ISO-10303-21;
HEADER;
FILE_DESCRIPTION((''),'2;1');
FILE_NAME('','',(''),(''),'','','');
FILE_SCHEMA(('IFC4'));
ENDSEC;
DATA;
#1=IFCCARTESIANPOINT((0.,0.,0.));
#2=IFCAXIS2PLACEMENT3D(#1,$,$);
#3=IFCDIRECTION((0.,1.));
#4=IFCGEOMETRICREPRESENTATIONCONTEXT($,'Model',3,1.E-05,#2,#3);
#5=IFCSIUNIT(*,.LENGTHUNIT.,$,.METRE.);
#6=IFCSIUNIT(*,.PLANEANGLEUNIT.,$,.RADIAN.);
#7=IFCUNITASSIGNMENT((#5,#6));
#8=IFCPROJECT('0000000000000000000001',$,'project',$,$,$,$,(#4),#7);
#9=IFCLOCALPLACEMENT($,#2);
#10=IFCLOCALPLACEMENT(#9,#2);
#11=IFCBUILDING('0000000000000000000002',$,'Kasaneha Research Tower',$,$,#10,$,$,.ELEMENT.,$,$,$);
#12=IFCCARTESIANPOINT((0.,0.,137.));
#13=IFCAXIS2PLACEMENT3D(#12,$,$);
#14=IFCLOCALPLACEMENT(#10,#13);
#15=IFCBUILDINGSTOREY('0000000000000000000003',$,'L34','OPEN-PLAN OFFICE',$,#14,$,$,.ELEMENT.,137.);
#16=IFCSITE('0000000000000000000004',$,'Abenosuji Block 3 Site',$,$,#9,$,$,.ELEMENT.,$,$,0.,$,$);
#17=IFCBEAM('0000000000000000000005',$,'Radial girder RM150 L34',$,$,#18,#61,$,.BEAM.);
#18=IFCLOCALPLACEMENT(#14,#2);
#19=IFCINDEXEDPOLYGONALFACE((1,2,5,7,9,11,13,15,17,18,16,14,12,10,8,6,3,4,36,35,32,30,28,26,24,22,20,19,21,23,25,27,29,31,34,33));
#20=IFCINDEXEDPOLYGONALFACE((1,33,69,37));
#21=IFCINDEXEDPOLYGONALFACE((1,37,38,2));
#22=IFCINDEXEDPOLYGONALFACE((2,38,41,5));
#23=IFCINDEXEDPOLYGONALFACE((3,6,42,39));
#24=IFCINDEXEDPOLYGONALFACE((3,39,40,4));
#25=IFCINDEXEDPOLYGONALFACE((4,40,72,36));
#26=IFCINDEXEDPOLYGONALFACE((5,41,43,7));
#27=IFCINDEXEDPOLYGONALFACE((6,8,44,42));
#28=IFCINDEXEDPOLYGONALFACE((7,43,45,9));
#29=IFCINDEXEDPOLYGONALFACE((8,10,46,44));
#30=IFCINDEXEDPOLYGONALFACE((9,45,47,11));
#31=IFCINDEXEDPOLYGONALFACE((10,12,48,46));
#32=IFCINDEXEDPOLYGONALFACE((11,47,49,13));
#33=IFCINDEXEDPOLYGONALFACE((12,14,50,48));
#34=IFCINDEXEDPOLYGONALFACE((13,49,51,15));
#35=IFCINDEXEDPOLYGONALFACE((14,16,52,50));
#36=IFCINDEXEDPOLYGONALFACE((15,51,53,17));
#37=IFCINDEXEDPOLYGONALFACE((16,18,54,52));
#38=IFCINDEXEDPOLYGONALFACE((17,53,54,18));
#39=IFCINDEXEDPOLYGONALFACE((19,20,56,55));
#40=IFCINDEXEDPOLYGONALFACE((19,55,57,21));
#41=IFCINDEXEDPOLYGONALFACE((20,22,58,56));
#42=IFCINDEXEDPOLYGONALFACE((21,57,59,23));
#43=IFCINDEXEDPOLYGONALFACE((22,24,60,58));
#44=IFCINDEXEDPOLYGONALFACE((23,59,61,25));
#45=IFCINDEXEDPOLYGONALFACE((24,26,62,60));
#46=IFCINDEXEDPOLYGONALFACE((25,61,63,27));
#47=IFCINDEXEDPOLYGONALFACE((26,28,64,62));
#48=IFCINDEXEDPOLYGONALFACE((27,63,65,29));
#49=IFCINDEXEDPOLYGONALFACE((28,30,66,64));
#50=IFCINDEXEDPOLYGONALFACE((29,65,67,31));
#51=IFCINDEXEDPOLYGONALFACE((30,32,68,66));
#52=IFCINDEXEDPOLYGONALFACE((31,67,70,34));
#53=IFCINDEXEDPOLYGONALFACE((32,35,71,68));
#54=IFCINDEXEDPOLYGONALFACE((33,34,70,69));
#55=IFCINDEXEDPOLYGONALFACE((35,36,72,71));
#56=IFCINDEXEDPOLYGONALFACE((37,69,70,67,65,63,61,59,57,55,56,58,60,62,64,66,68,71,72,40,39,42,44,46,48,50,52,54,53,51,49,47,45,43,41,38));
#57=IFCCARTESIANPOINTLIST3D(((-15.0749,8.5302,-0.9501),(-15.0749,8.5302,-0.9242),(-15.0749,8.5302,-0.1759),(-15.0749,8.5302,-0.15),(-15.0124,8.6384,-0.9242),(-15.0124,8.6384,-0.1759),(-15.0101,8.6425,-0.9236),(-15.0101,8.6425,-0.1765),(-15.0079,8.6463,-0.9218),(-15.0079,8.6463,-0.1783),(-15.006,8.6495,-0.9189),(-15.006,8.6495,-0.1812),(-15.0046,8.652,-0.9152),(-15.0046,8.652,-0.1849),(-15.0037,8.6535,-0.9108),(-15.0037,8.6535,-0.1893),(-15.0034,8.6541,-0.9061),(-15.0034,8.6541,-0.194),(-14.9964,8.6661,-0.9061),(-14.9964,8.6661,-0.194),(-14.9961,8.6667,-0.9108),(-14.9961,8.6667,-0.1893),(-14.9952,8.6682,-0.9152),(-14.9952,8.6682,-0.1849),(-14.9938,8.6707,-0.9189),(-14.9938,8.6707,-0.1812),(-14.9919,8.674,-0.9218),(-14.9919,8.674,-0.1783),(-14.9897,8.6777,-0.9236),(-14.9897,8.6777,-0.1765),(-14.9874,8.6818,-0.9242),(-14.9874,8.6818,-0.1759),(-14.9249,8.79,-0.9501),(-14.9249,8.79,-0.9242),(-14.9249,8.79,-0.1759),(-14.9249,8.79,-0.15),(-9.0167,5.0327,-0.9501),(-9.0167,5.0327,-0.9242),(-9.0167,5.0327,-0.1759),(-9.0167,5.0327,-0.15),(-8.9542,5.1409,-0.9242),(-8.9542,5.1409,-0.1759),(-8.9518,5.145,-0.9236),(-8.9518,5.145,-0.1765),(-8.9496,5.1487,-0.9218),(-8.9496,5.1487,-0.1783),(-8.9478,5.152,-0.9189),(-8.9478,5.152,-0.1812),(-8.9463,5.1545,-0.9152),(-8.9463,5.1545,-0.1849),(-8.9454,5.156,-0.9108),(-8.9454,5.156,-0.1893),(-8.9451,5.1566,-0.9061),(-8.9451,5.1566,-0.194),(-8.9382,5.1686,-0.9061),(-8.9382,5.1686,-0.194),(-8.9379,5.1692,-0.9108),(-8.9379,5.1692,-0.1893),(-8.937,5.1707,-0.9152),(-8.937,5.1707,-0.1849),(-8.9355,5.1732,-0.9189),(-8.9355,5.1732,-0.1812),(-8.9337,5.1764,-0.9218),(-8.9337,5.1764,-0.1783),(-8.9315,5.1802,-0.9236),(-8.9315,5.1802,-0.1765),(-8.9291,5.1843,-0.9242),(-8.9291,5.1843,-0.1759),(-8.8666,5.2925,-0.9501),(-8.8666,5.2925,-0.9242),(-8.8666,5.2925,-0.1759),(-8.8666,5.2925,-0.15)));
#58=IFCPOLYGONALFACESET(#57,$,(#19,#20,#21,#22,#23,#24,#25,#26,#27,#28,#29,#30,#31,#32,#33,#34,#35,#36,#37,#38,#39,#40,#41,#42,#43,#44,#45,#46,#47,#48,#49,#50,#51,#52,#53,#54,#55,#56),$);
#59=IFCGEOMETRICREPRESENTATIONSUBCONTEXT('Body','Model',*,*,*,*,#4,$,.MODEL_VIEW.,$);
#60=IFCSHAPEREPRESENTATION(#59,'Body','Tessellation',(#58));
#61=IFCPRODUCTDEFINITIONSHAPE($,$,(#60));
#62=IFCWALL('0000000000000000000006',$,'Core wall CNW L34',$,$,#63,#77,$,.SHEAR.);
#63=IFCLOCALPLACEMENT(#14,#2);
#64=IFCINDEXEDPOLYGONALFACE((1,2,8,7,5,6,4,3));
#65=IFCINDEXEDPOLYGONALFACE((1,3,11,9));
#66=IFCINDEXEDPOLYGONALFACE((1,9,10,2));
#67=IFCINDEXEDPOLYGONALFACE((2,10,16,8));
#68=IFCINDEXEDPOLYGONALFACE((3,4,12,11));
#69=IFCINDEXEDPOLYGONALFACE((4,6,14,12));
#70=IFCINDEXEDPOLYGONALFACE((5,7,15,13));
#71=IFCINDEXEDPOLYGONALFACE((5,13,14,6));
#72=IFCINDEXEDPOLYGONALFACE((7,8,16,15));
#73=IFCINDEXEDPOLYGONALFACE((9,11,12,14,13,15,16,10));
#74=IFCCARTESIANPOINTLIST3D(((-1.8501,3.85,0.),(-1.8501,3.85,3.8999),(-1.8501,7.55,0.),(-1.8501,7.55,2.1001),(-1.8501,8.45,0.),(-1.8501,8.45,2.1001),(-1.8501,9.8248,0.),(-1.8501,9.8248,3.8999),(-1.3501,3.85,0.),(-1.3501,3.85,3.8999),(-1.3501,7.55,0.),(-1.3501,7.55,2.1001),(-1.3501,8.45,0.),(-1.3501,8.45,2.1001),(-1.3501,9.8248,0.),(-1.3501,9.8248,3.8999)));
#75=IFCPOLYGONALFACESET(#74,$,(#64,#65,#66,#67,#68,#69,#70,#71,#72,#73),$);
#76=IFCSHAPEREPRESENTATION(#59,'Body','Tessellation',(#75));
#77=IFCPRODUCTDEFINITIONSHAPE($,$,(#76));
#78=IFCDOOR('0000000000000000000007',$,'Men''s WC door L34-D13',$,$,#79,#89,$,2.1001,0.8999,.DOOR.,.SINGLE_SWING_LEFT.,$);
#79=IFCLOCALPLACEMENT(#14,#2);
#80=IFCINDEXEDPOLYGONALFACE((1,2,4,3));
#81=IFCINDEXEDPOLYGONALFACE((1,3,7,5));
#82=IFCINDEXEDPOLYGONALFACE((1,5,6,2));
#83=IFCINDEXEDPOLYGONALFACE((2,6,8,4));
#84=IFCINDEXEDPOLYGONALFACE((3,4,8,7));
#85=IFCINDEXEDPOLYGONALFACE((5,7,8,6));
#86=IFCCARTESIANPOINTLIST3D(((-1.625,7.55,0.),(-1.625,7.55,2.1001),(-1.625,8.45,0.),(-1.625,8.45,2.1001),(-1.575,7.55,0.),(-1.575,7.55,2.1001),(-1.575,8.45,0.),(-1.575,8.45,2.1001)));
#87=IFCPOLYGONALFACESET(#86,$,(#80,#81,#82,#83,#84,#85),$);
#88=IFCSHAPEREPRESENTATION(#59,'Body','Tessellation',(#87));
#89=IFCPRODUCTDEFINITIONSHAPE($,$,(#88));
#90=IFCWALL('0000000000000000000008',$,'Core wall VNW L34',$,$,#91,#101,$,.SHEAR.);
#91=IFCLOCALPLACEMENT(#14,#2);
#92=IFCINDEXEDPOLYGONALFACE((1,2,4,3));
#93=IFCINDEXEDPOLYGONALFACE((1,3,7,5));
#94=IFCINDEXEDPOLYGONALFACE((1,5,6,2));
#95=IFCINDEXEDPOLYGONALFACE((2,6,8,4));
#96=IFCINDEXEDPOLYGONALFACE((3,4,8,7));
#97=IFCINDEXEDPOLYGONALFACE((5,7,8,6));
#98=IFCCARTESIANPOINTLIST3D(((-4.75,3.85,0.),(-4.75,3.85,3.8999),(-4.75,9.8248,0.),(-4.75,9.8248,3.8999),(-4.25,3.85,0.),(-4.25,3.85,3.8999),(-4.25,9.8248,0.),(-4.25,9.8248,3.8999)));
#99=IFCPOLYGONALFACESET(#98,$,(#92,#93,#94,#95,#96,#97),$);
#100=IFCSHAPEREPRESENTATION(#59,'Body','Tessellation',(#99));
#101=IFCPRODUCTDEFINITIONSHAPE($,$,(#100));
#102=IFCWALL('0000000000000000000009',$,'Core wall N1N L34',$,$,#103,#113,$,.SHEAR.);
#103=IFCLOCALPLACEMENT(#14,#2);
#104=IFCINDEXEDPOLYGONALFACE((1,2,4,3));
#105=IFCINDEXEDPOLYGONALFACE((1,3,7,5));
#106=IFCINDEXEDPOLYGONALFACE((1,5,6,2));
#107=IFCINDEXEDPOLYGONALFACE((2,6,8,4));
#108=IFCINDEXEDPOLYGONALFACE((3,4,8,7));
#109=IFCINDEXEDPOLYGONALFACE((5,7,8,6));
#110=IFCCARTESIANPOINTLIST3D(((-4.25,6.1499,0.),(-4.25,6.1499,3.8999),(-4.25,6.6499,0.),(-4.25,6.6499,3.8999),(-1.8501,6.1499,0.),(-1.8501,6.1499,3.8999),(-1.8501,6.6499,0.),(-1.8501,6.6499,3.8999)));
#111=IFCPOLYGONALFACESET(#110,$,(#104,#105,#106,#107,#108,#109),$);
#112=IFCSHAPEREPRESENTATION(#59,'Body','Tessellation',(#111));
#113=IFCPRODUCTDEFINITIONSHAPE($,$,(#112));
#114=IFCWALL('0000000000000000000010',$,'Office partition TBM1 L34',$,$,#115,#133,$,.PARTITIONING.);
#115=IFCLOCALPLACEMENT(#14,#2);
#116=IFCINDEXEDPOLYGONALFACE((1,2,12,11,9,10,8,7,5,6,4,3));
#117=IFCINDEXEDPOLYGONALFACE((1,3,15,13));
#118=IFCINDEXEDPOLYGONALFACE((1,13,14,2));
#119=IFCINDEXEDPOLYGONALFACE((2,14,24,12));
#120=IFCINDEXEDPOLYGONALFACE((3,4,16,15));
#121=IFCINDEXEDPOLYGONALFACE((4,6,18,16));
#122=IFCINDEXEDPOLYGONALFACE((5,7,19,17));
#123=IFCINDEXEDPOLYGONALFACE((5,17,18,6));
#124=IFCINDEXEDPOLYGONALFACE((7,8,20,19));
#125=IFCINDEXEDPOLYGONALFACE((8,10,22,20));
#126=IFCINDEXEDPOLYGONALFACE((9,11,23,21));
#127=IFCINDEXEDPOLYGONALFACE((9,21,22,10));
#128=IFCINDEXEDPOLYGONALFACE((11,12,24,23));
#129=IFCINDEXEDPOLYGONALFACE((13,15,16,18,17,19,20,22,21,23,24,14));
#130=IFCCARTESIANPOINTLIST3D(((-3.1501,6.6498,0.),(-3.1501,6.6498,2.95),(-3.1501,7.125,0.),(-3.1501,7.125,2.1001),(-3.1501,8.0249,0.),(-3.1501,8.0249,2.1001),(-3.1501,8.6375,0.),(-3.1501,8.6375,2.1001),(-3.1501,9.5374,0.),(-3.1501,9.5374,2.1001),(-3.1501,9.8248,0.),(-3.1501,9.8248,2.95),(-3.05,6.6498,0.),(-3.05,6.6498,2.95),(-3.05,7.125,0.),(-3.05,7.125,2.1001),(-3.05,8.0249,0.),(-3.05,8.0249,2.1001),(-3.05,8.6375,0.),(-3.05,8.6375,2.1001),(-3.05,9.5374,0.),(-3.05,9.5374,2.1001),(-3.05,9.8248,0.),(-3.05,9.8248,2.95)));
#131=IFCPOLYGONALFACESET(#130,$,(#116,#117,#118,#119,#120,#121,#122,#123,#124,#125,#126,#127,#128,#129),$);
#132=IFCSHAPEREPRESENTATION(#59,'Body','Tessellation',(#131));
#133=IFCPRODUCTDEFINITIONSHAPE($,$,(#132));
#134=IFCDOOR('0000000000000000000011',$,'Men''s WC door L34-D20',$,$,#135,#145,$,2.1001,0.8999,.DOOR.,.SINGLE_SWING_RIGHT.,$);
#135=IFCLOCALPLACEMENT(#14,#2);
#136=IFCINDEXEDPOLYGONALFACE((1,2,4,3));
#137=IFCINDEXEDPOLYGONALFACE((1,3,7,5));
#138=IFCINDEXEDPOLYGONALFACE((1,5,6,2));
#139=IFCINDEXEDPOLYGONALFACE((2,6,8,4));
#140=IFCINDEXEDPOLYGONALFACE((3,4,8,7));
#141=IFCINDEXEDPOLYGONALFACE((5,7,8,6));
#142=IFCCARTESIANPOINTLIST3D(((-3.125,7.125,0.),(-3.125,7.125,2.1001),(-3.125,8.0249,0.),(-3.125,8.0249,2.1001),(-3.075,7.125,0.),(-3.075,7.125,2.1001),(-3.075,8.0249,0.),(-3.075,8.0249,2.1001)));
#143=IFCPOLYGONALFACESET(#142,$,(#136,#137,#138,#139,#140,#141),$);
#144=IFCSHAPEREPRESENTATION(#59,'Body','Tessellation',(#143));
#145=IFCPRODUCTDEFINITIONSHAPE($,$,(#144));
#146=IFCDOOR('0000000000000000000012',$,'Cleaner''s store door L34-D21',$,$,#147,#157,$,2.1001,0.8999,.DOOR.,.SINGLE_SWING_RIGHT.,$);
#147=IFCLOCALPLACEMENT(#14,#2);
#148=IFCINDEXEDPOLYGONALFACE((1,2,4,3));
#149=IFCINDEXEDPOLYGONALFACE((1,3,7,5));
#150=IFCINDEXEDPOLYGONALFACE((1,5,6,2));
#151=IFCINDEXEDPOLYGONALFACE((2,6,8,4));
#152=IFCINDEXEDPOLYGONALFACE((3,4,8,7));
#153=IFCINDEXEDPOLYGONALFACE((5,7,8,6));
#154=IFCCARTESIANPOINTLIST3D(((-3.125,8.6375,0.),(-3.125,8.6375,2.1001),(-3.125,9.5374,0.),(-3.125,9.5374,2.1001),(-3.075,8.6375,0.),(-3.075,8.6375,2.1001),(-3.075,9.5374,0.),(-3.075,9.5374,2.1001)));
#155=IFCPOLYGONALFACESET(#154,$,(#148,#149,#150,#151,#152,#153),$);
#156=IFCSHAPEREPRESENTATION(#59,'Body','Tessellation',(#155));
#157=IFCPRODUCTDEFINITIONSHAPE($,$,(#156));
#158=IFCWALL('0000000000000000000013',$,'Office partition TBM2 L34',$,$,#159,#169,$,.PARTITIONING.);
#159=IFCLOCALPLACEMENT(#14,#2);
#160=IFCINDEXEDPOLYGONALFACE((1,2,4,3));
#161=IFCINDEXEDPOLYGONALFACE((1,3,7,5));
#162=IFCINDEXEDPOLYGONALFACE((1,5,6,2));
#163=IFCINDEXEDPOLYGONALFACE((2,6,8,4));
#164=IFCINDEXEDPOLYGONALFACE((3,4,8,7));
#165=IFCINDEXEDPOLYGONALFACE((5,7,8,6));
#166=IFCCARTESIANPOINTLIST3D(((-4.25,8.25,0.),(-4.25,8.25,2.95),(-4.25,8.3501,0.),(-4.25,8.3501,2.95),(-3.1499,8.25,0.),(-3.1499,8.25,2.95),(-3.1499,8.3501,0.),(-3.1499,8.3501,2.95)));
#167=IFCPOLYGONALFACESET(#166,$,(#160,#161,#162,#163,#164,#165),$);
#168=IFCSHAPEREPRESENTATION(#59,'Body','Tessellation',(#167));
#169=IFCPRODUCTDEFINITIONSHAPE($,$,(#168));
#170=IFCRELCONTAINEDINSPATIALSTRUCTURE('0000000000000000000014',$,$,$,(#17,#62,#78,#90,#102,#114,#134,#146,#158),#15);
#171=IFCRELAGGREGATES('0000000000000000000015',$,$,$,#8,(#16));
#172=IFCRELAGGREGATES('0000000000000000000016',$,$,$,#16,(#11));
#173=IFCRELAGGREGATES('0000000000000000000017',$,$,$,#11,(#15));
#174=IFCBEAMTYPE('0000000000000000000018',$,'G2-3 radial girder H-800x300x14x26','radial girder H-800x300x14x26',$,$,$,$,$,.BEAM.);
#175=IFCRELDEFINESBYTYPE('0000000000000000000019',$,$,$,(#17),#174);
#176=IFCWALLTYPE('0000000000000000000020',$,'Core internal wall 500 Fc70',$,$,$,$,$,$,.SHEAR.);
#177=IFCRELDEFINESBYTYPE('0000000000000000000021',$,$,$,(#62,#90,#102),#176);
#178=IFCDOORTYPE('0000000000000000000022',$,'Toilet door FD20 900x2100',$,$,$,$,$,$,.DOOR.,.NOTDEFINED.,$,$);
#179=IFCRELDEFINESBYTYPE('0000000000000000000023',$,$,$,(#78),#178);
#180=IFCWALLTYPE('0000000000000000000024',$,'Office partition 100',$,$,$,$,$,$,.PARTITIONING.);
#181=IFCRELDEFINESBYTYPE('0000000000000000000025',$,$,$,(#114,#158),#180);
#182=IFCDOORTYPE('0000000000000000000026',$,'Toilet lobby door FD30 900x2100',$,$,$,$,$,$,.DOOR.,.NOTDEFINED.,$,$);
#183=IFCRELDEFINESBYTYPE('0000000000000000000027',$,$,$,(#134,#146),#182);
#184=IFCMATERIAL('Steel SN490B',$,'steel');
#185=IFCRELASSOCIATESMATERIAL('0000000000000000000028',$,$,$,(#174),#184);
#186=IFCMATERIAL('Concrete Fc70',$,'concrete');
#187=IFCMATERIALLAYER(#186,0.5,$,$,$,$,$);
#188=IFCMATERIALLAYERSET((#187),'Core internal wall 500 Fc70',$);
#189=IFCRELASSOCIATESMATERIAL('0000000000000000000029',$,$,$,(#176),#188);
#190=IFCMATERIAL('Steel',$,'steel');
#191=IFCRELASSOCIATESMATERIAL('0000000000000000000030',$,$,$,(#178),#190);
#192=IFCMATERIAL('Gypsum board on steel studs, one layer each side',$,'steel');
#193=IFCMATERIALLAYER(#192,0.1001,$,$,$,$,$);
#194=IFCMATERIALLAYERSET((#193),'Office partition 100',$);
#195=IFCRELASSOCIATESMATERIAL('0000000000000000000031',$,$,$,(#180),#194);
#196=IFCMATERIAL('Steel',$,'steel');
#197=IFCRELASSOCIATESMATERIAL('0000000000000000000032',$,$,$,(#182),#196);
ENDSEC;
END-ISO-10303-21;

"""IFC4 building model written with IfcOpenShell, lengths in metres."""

from ifc_helpers import new_model, si_unit, direction, frame, frame_2d, origin, origin_2d, place, context, subcontext, project, spatial, rectangle, i_section, extrude, material, layer, layer_set, material_profile, profile_set, type_object, element, fill, save


model = new_model("IFC4")

# Units and contexts
model_context = context("Model", 3, precision=1e-05, world=origin(), true_north=direction((0.0, 1.0)))
body_context = subcontext(model_context, "Body", "Model", "MODEL_VIEW")
ifc_project = project(units=[si_unit("LENGTHUNIT", "METRE"), si_unit("PLANEANGLEUNIT", "RADIAN")], contexts=[model_context])

# Site, building, storey
site_placement = place(None, origin())
site = spatial("IfcSite", under=ifc_project, at=site_placement, Name="Abenosuji Block 3 Site", CompositionType="ELEMENT", RefElevation=0.0)
building_placement = place(site_placement, origin())
building = spatial("IfcBuilding", under=site, at=building_placement, Name="Kasaneha Research Tower", CompositionType="ELEMENT")
storey_placement = place(building_placement, frame((0.0, 0.0, 137.0)))
storey = spatial("IfcBuildingStorey", under=building, at=storey_placement, Name="L34", Description="OPEN-PLAN OFFICE", CompositionType="ELEMENT", Elevation=137.0)

# Beam
ifc_material_1 = material(Name="Steel SN490B", Category="steel")
ifc_material_profile = material_profile(ifc_material_1, i_section(OverallWidth=0.3, OverallDepth=0.8, WebThickness=0.0139, FlangeThickness=0.0259, FilletRadius=0.0181, at=origin_2d()), Name="H-800x300x14x26")
ifc_profile_set = profile_set([ifc_material_profile], Name="Steel SN490B")
beam_type = type_object("IfcBeamType", Name="G2-3 radial girder H-800x300x14x26", Description="radial girder H-800x300x14x26", PredefinedType="BEAM", material=ifc_profile_set)
beam_placement = place(storey_placement, frame((-8.9417, 5.1626, -0.55), z_axis=(-0.86604, 0.499975, 0.0), x_axis=(-0.499975, -0.86604, 0.0)))
element("IfcBeam", 1, at=beam_placement, inside=storey, type_object=beam_type, Name="Radial girder RM150 L34", PredefinedType="BEAM", context=body_context, shape_type="SweptSolid", body=[
    extrude(i_section(OverallWidth=0.3, OverallDepth=0.8, WebThickness=0.0139, FlangeThickness=0.0259, FilletRadius=0.0181, at=origin_2d()), origin(), (0.0, 0.0, 1.0), 6.9954),
])

# Shared definitions
ifc_material_2 = material(Name="Concrete Fc70", Category="concrete")
ifc_layer_1 = layer(ifc_material_2, 0.5)
ifc_layer_set_1 = layer_set([ifc_layer_1], Name="Core internal wall 500 Fc70")
wall_type_1 = type_object("IfcWallType", Name="Core internal wall 500 Fc70", PredefinedType="SHEAR", material=ifc_layer_set_1)

# Wall, opening, door
wall_1_placement = place(storey_placement, frame((-1.6001, 3.8501, 0.0), z_axis=(0.0, 0.0, 1.0), x_axis=(0.0, 1.0, 0.0)))
wall_1 = element("IfcWall", 2, at=wall_1_placement, inside=storey, type_object=wall_type_1, Name="Core wall CNW L34", PredefinedType="SHEAR", context=body_context, shape_type="SweptSolid", body=[
    extrude(rectangle(XDim=5.9749, YDim=0.5, at=frame_2d((2.9873, 0.0))), origin(), (0.0, 0.0, 1.0), 3.8999),
])
opening_1_placement = place(wall_1_placement, frame((3.7, 0.0, 0.0)))
opening_1 = element("IfcOpeningElement", 3, at=opening_1_placement, cuts=wall_1, PredefinedType="OPENING", context=body_context, shape_type="SweptSolid", body=[
    extrude(rectangle(XDim=0.8999, YDim=2.1001, at=frame_2d((0.45, 1.05))), frame((0.0, 0.26, 0.0), z_axis=(0.0, -1.0, 0.0), x_axis=(1.0, 0.0, 0.0)), (0.0, 0.0, 1.0), 0.52),
])
ifc_material_3 = material(Name="Steel", Category="steel")
door_type_1 = type_object("IfcDoorType", Name="Toilet door FD20 900x2100", OperationType="NOTDEFINED", PredefinedType="DOOR", material=ifc_material_3)
door_1_placement = place(opening_1_placement, origin())
door_1 = element("IfcDoor", 4, at=door_1_placement, inside=storey, type_object=door_type_1, Name="Men's WC door L34-D13", OperationType="SINGLE_SWING_LEFT", OverallHeight=2.1001, OverallWidth=0.8999, PredefinedType="DOOR", context=body_context, shape_type="SweptSolid", body=[
    extrude(rectangle(XDim=0.8999, YDim=2.1001, at=frame_2d((0.45, 1.05))), frame((0.0, 0.0249, 0.0), z_axis=(0.0, -1.0, 0.0), x_axis=(1.0, 0.0, 0.0)), (0.0, 0.0, 1.0), 0.05),
])
fill(opening_1, door_1)

# Walls
wall_2_placement = place(storey_placement, frame((-4.5, 3.8501, 0.0), z_axis=(0.0, 0.0, 1.0), x_axis=(0.0, 1.0, 0.0)))
element("IfcWall", 5, at=wall_2_placement, inside=storey, type_object=wall_type_1, Name="Core wall VNW L34", PredefinedType="SHEAR", context=body_context, shape_type="SweptSolid", body=[
    extrude(rectangle(XDim=5.9749, YDim=0.5, at=frame_2d((2.9873, 0.0))), origin(), (0.0, 0.0, 1.0), 3.8999),
])
wall_3_placement = place(storey_placement, frame((-4.25, 6.3999, 0.0), z_axis=(0.0, 0.0, 1.0), x_axis=(1.0, 0.0, 0.0)))
element("IfcWall", 6, at=wall_3_placement, inside=storey, type_object=wall_type_1, Name="Core wall N1N L34", PredefinedType="SHEAR", context=body_context, shape_type="SweptSolid", body=[
    extrude(rectangle(XDim=2.3999, YDim=0.5, at=frame_2d((1.2, 0.0))), origin(), (0.0, 0.0, 1.0), 3.8999),
])

# Wall, openings, doors
ifc_material_4 = material(Name="Gypsum board on steel studs, one layer each side", Category="steel")
ifc_layer_2 = layer(ifc_material_4, 0.1001)
ifc_layer_set_2 = layer_set([ifc_layer_2], Name="Office partition 100")
wall_type_2 = type_object("IfcWallType", Name="Office partition 100", PredefinedType="PARTITIONING", material=ifc_layer_set_2)
wall_4_placement = place(storey_placement, frame((-3.1001, 6.6499, 0.0), z_axis=(0.0, 0.0, 1.0), x_axis=(0.0, 1.0, 0.0)))
wall_4 = element("IfcWall", 7, at=wall_4_placement, inside=storey, type_object=wall_type_2, Name="Office partition TBM1 L34", PredefinedType="PARTITIONING", context=body_context, shape_type="SweptSolid", body=[
    extrude(rectangle(XDim=3.175, YDim=0.1001, at=frame_2d((1.5874, 0.0))), origin(), (0.0, 0.0, 1.0), 2.95),
])
opening_2_placement = place(wall_4_placement, frame((0.4751, 0.0, 0.0)))
opening_2 = element("IfcOpeningElement", 8, at=opening_2_placement, cuts=wall_4, PredefinedType="OPENING", context=body_context, shape_type="SweptSolid", body=[
    extrude(rectangle(XDim=0.8999, YDim=2.1001, at=frame_2d((0.45, 1.05))), frame((0.0, 0.0601, 0.0), z_axis=(0.0, -1.0, 0.0), x_axis=(1.0, 0.0, 0.0)), (0.0, 0.0, 1.0), 0.1201),
])
opening_3_placement = place(wall_4_placement, frame((1.9875, 0.0, 0.0)))
opening_3 = element("IfcOpeningElement", 9, at=opening_3_placement, cuts=wall_4, PredefinedType="OPENING", context=body_context, shape_type="SweptSolid", body=[
    extrude(rectangle(XDim=0.8999, YDim=2.1001, at=frame_2d((0.45, 1.05))), frame((0.0, 0.0601, 0.0), z_axis=(0.0, -1.0, 0.0), x_axis=(1.0, 0.0, 0.0)), (0.0, 0.0, 1.0), 0.1201),
])
ifc_material_5 = material(Name="Steel", Category="steel")
door_type_2 = type_object("IfcDoorType", Name="Toilet lobby door FD30 900x2100", OperationType="NOTDEFINED", PredefinedType="DOOR", material=ifc_material_5)
door_2_placement = place(opening_2_placement, origin())
door_2 = element("IfcDoor", 10, at=door_2_placement, inside=storey, type_object=door_type_2, Name="Men's WC door L34-D20", OperationType="SINGLE_SWING_RIGHT", OverallHeight=2.1001, OverallWidth=0.8999, PredefinedType="DOOR", context=body_context, shape_type="SweptSolid", body=[
    extrude(rectangle(XDim=0.8999, YDim=2.1001, at=frame_2d((0.45, 1.05))), frame((0.0, 0.0249, 0.0), z_axis=(0.0, -1.0, 0.0), x_axis=(1.0, 0.0, 0.0)), (0.0, 0.0, 1.0), 0.05),
])
fill(opening_2, door_2)
door_3_placement = place(opening_3_placement, origin())
door_3 = element("IfcDoor", 11, at=door_3_placement, inside=storey, type_object=door_type_2, Name="Cleaner's store door L34-D21", OperationType="SINGLE_SWING_RIGHT", OverallHeight=2.1001, OverallWidth=0.8999, PredefinedType="DOOR", context=body_context, shape_type="SweptSolid", body=[
    extrude(rectangle(XDim=0.8999, YDim=2.1001, at=frame_2d((0.45, 1.05))), frame((0.0, 0.0249, 0.0), z_axis=(0.0, -1.0, 0.0), x_axis=(1.0, 0.0, 0.0)), (0.0, 0.0, 1.0), 0.05),
])
fill(opening_3, door_3)

# Wall
wall_5_placement = place(storey_placement, frame((-3.1499, 8.3, 0.0), z_axis=(0.0, 0.0, 1.0), x_axis=(-1.0, 0.0, 0.0)))
element("IfcWall", 12, at=wall_5_placement, inside=storey, type_object=wall_type_2, Name="Office partition TBM2 L34", PredefinedType="PARTITIONING", context=body_context, shape_type="SweptSolid", body=[
    extrude(rectangle(XDim=1.1001, YDim=0.1001, at=frame_2d((0.55, 0.0))), origin(), (0.0, 0.0, 1.0), 2.95),
])

save(model, "model.ifc")
